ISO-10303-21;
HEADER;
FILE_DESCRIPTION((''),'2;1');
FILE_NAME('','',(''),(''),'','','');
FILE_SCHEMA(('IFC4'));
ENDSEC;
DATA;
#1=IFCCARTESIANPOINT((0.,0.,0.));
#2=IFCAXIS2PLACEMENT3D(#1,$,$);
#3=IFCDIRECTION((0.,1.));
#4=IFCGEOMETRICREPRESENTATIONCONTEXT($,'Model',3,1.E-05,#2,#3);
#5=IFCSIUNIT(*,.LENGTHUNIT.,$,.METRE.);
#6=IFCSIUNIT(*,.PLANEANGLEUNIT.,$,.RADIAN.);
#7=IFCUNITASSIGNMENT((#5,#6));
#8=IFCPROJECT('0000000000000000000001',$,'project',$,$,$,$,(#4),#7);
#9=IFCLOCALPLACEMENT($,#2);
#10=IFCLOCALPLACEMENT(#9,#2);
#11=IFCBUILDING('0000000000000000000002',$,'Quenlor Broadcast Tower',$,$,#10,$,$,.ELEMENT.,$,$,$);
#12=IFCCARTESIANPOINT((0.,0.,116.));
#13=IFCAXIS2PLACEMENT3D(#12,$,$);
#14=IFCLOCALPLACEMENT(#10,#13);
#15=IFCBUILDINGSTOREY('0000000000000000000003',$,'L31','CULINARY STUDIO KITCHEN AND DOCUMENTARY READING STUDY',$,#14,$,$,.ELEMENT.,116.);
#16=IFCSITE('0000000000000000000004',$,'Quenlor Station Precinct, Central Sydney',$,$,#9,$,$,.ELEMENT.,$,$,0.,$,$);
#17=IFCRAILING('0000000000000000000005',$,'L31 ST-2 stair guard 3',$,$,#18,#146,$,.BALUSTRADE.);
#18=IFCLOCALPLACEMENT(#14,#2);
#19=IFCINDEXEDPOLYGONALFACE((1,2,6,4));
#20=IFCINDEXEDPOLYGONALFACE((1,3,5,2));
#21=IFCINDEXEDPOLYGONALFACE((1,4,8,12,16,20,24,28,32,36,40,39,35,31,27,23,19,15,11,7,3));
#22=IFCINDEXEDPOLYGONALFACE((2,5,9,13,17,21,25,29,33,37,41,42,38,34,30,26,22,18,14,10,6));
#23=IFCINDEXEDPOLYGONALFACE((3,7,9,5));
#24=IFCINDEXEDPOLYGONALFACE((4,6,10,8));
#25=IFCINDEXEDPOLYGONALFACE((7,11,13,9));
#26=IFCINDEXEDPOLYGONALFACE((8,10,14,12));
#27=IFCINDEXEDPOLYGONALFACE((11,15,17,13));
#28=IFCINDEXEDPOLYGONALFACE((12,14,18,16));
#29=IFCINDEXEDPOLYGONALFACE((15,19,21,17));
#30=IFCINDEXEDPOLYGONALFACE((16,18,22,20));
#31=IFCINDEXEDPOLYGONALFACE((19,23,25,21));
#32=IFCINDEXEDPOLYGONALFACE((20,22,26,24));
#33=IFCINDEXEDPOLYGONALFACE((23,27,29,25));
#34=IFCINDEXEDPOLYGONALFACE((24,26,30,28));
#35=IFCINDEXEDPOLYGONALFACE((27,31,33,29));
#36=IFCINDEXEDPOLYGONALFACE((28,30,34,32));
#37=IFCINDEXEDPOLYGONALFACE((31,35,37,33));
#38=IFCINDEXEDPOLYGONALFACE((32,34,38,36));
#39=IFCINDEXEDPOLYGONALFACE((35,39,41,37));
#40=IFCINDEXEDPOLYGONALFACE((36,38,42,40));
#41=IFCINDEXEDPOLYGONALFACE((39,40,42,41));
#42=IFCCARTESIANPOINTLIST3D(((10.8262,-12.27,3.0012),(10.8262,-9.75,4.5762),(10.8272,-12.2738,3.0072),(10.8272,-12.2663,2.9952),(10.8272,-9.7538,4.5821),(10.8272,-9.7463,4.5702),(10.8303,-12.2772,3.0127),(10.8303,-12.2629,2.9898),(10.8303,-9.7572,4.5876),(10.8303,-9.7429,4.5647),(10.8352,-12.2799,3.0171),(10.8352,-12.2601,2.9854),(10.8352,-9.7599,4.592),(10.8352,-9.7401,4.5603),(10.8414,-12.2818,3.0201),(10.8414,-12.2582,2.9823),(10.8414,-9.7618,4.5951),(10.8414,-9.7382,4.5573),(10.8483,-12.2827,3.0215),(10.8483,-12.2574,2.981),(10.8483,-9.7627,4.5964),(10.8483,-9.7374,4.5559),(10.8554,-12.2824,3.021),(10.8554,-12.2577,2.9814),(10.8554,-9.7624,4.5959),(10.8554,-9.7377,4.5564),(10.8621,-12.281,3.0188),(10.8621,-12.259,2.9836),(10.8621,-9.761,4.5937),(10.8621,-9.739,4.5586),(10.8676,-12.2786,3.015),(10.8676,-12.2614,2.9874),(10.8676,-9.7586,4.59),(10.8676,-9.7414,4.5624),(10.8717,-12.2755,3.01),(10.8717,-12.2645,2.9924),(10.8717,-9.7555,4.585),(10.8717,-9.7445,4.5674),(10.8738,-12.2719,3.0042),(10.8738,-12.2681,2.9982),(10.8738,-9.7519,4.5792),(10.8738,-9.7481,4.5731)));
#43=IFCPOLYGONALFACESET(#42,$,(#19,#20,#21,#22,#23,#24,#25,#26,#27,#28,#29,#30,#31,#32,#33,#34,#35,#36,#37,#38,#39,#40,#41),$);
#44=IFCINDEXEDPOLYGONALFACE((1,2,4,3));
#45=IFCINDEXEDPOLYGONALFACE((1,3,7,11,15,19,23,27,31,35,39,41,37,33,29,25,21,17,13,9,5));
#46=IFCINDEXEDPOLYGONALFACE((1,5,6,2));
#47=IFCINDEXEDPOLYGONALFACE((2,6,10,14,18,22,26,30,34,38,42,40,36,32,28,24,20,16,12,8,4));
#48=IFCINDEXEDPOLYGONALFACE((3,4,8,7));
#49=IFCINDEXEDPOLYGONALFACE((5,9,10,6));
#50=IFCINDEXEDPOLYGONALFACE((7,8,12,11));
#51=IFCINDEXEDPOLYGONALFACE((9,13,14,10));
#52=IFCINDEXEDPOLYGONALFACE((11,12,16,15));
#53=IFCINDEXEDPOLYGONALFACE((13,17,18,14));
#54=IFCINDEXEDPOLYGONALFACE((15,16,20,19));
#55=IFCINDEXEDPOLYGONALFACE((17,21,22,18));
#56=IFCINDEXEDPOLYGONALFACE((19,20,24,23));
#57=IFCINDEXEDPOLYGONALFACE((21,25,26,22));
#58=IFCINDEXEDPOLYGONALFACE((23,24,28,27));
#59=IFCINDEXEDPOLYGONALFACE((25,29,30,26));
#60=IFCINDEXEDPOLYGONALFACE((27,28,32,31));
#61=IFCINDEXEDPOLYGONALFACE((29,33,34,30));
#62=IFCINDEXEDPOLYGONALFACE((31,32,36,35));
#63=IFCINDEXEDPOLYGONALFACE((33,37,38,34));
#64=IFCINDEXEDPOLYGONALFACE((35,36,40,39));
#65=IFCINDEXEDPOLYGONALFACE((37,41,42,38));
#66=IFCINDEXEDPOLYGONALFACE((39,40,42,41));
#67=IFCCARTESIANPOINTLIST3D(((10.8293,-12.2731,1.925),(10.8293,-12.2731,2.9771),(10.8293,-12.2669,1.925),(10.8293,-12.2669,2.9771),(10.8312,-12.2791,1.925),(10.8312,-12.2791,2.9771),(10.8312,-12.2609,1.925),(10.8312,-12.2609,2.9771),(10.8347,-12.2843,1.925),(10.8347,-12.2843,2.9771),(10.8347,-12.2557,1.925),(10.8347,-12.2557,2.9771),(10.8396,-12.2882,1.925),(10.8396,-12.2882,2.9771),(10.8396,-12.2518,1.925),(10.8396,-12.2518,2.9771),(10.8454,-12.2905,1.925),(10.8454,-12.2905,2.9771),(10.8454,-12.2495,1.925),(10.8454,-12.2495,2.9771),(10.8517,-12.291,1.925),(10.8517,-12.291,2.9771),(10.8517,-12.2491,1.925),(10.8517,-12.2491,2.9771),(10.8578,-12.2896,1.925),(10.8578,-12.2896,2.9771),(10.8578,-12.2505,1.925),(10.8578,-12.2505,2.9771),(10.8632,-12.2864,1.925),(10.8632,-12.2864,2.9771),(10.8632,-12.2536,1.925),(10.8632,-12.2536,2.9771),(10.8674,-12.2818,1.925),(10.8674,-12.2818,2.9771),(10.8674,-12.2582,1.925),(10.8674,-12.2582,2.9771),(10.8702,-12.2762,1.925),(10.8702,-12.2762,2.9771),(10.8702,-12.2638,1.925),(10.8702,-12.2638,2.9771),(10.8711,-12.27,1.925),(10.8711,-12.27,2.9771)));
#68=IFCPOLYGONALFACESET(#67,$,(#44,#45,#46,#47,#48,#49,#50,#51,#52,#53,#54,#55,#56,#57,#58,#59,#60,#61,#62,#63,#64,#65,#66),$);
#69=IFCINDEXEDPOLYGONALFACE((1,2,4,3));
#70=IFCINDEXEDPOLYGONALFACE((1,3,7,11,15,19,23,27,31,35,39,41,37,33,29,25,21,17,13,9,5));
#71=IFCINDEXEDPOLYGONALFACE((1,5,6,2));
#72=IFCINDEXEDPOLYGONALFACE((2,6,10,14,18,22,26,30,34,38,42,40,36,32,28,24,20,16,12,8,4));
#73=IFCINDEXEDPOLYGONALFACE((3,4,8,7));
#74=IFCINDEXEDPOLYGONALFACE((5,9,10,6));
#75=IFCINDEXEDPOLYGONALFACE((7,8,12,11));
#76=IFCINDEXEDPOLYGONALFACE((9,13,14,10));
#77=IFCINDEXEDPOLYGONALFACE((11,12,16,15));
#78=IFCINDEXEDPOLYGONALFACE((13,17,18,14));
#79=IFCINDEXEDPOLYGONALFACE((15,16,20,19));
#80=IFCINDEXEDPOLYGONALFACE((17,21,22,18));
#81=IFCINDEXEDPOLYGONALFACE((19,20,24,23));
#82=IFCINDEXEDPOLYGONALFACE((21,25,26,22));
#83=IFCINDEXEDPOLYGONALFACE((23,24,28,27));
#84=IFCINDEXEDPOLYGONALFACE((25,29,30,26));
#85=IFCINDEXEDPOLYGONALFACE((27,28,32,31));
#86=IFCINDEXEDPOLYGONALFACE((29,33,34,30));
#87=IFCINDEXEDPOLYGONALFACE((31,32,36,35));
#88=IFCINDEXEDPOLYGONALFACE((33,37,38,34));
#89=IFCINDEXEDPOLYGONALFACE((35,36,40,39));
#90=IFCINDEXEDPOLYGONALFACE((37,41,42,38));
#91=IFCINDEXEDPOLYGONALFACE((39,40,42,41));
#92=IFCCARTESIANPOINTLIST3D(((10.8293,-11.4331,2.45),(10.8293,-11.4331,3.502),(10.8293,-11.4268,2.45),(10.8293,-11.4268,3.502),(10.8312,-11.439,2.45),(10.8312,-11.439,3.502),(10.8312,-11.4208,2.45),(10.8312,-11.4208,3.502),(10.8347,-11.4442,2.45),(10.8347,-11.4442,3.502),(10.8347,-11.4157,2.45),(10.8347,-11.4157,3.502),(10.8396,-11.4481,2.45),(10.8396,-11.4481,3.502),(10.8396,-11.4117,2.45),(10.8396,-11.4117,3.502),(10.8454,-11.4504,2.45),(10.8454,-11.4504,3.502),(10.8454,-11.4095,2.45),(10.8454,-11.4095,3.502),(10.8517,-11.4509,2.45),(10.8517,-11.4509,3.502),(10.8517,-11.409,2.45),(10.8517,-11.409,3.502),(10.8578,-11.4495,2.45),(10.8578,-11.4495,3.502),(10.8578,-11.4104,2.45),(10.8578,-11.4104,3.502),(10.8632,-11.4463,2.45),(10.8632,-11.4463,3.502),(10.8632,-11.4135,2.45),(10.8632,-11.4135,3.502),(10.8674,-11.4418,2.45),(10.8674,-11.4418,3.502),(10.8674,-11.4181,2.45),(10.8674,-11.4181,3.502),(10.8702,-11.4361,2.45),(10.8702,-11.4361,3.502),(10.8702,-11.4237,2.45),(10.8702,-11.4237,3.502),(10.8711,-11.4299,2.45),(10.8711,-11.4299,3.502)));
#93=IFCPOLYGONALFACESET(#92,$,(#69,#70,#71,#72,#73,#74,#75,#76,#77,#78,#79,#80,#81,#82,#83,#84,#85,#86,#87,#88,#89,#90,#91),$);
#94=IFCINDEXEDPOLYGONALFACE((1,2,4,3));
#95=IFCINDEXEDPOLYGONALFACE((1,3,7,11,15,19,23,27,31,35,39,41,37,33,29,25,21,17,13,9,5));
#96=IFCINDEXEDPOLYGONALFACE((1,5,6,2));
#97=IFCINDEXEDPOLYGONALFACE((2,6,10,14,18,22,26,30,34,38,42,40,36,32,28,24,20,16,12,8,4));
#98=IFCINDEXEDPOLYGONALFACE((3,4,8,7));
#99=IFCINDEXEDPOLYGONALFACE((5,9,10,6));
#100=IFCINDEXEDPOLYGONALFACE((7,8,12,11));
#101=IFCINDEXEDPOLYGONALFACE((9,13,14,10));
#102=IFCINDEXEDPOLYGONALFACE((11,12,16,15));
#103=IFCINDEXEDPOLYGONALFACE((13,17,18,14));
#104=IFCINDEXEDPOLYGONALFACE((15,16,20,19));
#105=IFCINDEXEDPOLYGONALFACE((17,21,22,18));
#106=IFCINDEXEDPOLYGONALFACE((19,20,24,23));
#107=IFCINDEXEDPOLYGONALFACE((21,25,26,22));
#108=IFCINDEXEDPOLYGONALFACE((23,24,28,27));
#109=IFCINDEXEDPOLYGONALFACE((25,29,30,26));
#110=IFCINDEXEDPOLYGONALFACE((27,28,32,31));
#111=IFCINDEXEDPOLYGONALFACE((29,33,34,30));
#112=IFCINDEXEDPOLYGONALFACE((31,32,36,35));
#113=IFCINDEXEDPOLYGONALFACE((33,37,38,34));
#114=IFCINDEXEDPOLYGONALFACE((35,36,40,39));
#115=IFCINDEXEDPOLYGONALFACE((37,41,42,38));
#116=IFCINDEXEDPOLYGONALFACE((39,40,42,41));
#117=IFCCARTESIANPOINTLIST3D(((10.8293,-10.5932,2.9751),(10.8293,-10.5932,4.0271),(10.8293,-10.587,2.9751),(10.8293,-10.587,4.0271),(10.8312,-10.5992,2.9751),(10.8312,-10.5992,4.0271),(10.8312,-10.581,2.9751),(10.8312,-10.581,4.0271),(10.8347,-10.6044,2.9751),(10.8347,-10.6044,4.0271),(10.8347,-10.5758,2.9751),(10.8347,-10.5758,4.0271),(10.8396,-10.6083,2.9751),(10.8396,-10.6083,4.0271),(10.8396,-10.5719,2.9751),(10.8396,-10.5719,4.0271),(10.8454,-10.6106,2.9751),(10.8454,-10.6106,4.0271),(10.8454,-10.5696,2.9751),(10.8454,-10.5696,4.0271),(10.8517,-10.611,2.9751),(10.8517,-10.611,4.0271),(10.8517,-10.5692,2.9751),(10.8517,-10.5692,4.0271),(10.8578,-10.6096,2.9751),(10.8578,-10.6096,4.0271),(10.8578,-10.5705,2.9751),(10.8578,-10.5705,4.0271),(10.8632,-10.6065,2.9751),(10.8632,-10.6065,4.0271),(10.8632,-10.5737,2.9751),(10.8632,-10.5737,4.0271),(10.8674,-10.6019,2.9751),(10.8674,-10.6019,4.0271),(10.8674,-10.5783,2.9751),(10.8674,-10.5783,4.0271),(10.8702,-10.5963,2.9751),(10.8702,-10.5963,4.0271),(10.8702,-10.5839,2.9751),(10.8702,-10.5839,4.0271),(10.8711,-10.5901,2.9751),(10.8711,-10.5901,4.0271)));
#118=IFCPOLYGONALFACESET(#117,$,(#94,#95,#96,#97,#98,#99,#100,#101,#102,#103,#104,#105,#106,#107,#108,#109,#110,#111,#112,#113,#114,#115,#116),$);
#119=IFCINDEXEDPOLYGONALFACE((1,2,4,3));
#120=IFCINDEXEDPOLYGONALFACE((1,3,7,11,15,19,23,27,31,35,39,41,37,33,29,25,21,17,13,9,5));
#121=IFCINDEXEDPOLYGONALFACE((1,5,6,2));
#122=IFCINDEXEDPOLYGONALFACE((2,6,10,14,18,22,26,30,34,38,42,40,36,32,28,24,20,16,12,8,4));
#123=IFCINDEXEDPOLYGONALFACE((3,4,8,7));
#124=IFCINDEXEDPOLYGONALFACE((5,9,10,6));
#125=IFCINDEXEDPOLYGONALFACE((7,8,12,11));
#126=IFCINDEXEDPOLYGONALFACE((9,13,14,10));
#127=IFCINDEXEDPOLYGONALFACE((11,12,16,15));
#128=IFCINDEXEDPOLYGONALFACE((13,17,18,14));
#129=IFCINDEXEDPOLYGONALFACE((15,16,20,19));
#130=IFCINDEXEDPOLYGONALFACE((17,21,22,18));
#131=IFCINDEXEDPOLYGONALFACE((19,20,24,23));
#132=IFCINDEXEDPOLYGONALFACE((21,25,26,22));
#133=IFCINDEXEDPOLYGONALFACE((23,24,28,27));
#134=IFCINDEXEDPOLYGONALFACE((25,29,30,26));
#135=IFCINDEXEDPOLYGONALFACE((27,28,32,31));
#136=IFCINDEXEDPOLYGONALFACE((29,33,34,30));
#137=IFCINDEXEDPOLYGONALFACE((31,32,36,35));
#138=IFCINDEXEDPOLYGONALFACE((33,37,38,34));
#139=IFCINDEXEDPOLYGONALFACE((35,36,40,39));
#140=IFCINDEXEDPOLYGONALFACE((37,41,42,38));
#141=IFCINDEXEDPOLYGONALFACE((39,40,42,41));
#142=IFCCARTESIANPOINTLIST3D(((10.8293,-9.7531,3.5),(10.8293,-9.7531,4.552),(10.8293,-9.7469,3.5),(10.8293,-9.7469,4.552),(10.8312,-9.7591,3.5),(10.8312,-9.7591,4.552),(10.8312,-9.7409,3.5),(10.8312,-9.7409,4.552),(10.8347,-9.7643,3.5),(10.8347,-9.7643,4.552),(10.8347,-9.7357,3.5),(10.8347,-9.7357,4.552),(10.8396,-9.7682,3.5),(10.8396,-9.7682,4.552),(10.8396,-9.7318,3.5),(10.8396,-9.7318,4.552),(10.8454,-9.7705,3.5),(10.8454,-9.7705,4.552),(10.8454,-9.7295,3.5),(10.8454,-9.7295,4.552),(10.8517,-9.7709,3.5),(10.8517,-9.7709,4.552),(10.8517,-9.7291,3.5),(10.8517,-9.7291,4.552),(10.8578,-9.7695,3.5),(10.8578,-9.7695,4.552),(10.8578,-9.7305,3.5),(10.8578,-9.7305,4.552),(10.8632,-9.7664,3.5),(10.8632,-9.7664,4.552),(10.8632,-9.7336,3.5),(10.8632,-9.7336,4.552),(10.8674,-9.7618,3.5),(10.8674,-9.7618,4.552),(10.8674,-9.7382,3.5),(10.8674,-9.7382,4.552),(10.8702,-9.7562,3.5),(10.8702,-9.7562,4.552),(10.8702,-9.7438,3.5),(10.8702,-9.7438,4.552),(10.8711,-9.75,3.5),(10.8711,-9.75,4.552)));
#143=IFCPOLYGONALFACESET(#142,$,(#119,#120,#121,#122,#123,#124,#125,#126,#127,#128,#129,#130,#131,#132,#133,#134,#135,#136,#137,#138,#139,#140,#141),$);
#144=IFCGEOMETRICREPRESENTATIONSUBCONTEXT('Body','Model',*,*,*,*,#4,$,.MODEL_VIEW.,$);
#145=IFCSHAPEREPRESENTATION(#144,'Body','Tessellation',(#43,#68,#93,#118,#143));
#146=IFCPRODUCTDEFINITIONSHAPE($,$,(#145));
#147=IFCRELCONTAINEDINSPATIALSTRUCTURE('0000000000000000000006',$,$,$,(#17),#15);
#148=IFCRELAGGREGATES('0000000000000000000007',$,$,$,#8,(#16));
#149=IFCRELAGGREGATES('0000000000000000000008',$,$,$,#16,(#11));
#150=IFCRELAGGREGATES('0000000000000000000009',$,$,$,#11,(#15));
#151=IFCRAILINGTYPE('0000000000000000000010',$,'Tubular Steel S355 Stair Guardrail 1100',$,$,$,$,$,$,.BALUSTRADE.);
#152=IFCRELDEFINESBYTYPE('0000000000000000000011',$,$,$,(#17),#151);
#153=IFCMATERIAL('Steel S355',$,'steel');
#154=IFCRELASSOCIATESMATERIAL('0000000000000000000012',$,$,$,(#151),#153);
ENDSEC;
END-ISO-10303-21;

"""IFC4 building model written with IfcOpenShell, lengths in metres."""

from ifc_helpers import new_model, si_unit, direction, frame, origin, origin_2d, place, context, subcontext, project, spatial, circle, extrude, material, type_object, element, save


model = new_model("IFC4")

# Units and contexts
model_context = context("Model", 3, precision=1e-05, world=origin(), true_north=direction((0.0, 1.0)))
body_context = subcontext(model_context, "Body", "Model", "MODEL_VIEW")
ifc_project = project(units=[si_unit("LENGTHUNIT", "METRE"), si_unit("PLANEANGLEUNIT", "RADIAN")], contexts=[model_context])

# Site, building, storey
site_placement = place(None, origin())
site = spatial("IfcSite", under=ifc_project, at=site_placement, Name="Quenlor Station Precinct, Central Sydney", CompositionType="ELEMENT", RefElevation=0.0)
building_placement = place(site_placement, origin())
building = spatial("IfcBuilding", under=site, at=building_placement, Name="Quenlor Broadcast Tower", CompositionType="ELEMENT")
storey_placement = place(building_placement, frame((0.0, 0.0, 116.0)))
storey = spatial("IfcBuildingStorey", under=building, at=storey_placement, Name="L31", Description="CULINARY STUDIO KITCHEN AND DOCUMENTARY READING STUDY", CompositionType="ELEMENT", Elevation=116.0)

# Railing
ifc_material_1 = material(Name="Steel S355", Category="steel")
railing_type_1 = type_object("IfcRailingType", Name="Tubular Steel S355 Stair Guardrail 1100", PredefinedType="BALUSTRADE", material=ifc_material_1)
railing_1_placement = place(storey_placement, frame((10.8501, -12.27, 1.925)))
element("IfcRailing", 1, at=railing_1_placement, inside=storey, type_object=railing_type_1, Name="L31 ST-2 stair guard 3", PredefinedType="BALUSTRADE", context=body_context, shape_type="SweptSolid", body=[
    extrude(circle(Radius=0.0239, at=origin_2d()), frame((0.0, 0.0, 1.0762), z_axis=(0.0, 0.848008, 0.529984), x_axis=(-1.0, 0.0, 0.0)), (0.0, 0.0, 1.0), 2.9717),
    extrude(circle(Radius=0.021, at=origin_2d()), origin(), (0.0, 0.0, 1.0), 1.052),
    extrude(circle(Radius=0.021, at=origin_2d()), frame((0.0, 0.8401, 0.5249)), (0.0, 0.0, 1.0), 1.052),
    extrude(circle(Radius=0.021, at=origin_2d()), frame((0.0, 1.6799, 1.05)), (0.0, 0.0, 1.0), 1.052),
    extrude(circle(Radius=0.021, at=origin_2d()), frame((0.0, 2.52, 1.575)), (0.0, 0.0, 1.0), 1.052),
])

save(model, "model.ifc")
